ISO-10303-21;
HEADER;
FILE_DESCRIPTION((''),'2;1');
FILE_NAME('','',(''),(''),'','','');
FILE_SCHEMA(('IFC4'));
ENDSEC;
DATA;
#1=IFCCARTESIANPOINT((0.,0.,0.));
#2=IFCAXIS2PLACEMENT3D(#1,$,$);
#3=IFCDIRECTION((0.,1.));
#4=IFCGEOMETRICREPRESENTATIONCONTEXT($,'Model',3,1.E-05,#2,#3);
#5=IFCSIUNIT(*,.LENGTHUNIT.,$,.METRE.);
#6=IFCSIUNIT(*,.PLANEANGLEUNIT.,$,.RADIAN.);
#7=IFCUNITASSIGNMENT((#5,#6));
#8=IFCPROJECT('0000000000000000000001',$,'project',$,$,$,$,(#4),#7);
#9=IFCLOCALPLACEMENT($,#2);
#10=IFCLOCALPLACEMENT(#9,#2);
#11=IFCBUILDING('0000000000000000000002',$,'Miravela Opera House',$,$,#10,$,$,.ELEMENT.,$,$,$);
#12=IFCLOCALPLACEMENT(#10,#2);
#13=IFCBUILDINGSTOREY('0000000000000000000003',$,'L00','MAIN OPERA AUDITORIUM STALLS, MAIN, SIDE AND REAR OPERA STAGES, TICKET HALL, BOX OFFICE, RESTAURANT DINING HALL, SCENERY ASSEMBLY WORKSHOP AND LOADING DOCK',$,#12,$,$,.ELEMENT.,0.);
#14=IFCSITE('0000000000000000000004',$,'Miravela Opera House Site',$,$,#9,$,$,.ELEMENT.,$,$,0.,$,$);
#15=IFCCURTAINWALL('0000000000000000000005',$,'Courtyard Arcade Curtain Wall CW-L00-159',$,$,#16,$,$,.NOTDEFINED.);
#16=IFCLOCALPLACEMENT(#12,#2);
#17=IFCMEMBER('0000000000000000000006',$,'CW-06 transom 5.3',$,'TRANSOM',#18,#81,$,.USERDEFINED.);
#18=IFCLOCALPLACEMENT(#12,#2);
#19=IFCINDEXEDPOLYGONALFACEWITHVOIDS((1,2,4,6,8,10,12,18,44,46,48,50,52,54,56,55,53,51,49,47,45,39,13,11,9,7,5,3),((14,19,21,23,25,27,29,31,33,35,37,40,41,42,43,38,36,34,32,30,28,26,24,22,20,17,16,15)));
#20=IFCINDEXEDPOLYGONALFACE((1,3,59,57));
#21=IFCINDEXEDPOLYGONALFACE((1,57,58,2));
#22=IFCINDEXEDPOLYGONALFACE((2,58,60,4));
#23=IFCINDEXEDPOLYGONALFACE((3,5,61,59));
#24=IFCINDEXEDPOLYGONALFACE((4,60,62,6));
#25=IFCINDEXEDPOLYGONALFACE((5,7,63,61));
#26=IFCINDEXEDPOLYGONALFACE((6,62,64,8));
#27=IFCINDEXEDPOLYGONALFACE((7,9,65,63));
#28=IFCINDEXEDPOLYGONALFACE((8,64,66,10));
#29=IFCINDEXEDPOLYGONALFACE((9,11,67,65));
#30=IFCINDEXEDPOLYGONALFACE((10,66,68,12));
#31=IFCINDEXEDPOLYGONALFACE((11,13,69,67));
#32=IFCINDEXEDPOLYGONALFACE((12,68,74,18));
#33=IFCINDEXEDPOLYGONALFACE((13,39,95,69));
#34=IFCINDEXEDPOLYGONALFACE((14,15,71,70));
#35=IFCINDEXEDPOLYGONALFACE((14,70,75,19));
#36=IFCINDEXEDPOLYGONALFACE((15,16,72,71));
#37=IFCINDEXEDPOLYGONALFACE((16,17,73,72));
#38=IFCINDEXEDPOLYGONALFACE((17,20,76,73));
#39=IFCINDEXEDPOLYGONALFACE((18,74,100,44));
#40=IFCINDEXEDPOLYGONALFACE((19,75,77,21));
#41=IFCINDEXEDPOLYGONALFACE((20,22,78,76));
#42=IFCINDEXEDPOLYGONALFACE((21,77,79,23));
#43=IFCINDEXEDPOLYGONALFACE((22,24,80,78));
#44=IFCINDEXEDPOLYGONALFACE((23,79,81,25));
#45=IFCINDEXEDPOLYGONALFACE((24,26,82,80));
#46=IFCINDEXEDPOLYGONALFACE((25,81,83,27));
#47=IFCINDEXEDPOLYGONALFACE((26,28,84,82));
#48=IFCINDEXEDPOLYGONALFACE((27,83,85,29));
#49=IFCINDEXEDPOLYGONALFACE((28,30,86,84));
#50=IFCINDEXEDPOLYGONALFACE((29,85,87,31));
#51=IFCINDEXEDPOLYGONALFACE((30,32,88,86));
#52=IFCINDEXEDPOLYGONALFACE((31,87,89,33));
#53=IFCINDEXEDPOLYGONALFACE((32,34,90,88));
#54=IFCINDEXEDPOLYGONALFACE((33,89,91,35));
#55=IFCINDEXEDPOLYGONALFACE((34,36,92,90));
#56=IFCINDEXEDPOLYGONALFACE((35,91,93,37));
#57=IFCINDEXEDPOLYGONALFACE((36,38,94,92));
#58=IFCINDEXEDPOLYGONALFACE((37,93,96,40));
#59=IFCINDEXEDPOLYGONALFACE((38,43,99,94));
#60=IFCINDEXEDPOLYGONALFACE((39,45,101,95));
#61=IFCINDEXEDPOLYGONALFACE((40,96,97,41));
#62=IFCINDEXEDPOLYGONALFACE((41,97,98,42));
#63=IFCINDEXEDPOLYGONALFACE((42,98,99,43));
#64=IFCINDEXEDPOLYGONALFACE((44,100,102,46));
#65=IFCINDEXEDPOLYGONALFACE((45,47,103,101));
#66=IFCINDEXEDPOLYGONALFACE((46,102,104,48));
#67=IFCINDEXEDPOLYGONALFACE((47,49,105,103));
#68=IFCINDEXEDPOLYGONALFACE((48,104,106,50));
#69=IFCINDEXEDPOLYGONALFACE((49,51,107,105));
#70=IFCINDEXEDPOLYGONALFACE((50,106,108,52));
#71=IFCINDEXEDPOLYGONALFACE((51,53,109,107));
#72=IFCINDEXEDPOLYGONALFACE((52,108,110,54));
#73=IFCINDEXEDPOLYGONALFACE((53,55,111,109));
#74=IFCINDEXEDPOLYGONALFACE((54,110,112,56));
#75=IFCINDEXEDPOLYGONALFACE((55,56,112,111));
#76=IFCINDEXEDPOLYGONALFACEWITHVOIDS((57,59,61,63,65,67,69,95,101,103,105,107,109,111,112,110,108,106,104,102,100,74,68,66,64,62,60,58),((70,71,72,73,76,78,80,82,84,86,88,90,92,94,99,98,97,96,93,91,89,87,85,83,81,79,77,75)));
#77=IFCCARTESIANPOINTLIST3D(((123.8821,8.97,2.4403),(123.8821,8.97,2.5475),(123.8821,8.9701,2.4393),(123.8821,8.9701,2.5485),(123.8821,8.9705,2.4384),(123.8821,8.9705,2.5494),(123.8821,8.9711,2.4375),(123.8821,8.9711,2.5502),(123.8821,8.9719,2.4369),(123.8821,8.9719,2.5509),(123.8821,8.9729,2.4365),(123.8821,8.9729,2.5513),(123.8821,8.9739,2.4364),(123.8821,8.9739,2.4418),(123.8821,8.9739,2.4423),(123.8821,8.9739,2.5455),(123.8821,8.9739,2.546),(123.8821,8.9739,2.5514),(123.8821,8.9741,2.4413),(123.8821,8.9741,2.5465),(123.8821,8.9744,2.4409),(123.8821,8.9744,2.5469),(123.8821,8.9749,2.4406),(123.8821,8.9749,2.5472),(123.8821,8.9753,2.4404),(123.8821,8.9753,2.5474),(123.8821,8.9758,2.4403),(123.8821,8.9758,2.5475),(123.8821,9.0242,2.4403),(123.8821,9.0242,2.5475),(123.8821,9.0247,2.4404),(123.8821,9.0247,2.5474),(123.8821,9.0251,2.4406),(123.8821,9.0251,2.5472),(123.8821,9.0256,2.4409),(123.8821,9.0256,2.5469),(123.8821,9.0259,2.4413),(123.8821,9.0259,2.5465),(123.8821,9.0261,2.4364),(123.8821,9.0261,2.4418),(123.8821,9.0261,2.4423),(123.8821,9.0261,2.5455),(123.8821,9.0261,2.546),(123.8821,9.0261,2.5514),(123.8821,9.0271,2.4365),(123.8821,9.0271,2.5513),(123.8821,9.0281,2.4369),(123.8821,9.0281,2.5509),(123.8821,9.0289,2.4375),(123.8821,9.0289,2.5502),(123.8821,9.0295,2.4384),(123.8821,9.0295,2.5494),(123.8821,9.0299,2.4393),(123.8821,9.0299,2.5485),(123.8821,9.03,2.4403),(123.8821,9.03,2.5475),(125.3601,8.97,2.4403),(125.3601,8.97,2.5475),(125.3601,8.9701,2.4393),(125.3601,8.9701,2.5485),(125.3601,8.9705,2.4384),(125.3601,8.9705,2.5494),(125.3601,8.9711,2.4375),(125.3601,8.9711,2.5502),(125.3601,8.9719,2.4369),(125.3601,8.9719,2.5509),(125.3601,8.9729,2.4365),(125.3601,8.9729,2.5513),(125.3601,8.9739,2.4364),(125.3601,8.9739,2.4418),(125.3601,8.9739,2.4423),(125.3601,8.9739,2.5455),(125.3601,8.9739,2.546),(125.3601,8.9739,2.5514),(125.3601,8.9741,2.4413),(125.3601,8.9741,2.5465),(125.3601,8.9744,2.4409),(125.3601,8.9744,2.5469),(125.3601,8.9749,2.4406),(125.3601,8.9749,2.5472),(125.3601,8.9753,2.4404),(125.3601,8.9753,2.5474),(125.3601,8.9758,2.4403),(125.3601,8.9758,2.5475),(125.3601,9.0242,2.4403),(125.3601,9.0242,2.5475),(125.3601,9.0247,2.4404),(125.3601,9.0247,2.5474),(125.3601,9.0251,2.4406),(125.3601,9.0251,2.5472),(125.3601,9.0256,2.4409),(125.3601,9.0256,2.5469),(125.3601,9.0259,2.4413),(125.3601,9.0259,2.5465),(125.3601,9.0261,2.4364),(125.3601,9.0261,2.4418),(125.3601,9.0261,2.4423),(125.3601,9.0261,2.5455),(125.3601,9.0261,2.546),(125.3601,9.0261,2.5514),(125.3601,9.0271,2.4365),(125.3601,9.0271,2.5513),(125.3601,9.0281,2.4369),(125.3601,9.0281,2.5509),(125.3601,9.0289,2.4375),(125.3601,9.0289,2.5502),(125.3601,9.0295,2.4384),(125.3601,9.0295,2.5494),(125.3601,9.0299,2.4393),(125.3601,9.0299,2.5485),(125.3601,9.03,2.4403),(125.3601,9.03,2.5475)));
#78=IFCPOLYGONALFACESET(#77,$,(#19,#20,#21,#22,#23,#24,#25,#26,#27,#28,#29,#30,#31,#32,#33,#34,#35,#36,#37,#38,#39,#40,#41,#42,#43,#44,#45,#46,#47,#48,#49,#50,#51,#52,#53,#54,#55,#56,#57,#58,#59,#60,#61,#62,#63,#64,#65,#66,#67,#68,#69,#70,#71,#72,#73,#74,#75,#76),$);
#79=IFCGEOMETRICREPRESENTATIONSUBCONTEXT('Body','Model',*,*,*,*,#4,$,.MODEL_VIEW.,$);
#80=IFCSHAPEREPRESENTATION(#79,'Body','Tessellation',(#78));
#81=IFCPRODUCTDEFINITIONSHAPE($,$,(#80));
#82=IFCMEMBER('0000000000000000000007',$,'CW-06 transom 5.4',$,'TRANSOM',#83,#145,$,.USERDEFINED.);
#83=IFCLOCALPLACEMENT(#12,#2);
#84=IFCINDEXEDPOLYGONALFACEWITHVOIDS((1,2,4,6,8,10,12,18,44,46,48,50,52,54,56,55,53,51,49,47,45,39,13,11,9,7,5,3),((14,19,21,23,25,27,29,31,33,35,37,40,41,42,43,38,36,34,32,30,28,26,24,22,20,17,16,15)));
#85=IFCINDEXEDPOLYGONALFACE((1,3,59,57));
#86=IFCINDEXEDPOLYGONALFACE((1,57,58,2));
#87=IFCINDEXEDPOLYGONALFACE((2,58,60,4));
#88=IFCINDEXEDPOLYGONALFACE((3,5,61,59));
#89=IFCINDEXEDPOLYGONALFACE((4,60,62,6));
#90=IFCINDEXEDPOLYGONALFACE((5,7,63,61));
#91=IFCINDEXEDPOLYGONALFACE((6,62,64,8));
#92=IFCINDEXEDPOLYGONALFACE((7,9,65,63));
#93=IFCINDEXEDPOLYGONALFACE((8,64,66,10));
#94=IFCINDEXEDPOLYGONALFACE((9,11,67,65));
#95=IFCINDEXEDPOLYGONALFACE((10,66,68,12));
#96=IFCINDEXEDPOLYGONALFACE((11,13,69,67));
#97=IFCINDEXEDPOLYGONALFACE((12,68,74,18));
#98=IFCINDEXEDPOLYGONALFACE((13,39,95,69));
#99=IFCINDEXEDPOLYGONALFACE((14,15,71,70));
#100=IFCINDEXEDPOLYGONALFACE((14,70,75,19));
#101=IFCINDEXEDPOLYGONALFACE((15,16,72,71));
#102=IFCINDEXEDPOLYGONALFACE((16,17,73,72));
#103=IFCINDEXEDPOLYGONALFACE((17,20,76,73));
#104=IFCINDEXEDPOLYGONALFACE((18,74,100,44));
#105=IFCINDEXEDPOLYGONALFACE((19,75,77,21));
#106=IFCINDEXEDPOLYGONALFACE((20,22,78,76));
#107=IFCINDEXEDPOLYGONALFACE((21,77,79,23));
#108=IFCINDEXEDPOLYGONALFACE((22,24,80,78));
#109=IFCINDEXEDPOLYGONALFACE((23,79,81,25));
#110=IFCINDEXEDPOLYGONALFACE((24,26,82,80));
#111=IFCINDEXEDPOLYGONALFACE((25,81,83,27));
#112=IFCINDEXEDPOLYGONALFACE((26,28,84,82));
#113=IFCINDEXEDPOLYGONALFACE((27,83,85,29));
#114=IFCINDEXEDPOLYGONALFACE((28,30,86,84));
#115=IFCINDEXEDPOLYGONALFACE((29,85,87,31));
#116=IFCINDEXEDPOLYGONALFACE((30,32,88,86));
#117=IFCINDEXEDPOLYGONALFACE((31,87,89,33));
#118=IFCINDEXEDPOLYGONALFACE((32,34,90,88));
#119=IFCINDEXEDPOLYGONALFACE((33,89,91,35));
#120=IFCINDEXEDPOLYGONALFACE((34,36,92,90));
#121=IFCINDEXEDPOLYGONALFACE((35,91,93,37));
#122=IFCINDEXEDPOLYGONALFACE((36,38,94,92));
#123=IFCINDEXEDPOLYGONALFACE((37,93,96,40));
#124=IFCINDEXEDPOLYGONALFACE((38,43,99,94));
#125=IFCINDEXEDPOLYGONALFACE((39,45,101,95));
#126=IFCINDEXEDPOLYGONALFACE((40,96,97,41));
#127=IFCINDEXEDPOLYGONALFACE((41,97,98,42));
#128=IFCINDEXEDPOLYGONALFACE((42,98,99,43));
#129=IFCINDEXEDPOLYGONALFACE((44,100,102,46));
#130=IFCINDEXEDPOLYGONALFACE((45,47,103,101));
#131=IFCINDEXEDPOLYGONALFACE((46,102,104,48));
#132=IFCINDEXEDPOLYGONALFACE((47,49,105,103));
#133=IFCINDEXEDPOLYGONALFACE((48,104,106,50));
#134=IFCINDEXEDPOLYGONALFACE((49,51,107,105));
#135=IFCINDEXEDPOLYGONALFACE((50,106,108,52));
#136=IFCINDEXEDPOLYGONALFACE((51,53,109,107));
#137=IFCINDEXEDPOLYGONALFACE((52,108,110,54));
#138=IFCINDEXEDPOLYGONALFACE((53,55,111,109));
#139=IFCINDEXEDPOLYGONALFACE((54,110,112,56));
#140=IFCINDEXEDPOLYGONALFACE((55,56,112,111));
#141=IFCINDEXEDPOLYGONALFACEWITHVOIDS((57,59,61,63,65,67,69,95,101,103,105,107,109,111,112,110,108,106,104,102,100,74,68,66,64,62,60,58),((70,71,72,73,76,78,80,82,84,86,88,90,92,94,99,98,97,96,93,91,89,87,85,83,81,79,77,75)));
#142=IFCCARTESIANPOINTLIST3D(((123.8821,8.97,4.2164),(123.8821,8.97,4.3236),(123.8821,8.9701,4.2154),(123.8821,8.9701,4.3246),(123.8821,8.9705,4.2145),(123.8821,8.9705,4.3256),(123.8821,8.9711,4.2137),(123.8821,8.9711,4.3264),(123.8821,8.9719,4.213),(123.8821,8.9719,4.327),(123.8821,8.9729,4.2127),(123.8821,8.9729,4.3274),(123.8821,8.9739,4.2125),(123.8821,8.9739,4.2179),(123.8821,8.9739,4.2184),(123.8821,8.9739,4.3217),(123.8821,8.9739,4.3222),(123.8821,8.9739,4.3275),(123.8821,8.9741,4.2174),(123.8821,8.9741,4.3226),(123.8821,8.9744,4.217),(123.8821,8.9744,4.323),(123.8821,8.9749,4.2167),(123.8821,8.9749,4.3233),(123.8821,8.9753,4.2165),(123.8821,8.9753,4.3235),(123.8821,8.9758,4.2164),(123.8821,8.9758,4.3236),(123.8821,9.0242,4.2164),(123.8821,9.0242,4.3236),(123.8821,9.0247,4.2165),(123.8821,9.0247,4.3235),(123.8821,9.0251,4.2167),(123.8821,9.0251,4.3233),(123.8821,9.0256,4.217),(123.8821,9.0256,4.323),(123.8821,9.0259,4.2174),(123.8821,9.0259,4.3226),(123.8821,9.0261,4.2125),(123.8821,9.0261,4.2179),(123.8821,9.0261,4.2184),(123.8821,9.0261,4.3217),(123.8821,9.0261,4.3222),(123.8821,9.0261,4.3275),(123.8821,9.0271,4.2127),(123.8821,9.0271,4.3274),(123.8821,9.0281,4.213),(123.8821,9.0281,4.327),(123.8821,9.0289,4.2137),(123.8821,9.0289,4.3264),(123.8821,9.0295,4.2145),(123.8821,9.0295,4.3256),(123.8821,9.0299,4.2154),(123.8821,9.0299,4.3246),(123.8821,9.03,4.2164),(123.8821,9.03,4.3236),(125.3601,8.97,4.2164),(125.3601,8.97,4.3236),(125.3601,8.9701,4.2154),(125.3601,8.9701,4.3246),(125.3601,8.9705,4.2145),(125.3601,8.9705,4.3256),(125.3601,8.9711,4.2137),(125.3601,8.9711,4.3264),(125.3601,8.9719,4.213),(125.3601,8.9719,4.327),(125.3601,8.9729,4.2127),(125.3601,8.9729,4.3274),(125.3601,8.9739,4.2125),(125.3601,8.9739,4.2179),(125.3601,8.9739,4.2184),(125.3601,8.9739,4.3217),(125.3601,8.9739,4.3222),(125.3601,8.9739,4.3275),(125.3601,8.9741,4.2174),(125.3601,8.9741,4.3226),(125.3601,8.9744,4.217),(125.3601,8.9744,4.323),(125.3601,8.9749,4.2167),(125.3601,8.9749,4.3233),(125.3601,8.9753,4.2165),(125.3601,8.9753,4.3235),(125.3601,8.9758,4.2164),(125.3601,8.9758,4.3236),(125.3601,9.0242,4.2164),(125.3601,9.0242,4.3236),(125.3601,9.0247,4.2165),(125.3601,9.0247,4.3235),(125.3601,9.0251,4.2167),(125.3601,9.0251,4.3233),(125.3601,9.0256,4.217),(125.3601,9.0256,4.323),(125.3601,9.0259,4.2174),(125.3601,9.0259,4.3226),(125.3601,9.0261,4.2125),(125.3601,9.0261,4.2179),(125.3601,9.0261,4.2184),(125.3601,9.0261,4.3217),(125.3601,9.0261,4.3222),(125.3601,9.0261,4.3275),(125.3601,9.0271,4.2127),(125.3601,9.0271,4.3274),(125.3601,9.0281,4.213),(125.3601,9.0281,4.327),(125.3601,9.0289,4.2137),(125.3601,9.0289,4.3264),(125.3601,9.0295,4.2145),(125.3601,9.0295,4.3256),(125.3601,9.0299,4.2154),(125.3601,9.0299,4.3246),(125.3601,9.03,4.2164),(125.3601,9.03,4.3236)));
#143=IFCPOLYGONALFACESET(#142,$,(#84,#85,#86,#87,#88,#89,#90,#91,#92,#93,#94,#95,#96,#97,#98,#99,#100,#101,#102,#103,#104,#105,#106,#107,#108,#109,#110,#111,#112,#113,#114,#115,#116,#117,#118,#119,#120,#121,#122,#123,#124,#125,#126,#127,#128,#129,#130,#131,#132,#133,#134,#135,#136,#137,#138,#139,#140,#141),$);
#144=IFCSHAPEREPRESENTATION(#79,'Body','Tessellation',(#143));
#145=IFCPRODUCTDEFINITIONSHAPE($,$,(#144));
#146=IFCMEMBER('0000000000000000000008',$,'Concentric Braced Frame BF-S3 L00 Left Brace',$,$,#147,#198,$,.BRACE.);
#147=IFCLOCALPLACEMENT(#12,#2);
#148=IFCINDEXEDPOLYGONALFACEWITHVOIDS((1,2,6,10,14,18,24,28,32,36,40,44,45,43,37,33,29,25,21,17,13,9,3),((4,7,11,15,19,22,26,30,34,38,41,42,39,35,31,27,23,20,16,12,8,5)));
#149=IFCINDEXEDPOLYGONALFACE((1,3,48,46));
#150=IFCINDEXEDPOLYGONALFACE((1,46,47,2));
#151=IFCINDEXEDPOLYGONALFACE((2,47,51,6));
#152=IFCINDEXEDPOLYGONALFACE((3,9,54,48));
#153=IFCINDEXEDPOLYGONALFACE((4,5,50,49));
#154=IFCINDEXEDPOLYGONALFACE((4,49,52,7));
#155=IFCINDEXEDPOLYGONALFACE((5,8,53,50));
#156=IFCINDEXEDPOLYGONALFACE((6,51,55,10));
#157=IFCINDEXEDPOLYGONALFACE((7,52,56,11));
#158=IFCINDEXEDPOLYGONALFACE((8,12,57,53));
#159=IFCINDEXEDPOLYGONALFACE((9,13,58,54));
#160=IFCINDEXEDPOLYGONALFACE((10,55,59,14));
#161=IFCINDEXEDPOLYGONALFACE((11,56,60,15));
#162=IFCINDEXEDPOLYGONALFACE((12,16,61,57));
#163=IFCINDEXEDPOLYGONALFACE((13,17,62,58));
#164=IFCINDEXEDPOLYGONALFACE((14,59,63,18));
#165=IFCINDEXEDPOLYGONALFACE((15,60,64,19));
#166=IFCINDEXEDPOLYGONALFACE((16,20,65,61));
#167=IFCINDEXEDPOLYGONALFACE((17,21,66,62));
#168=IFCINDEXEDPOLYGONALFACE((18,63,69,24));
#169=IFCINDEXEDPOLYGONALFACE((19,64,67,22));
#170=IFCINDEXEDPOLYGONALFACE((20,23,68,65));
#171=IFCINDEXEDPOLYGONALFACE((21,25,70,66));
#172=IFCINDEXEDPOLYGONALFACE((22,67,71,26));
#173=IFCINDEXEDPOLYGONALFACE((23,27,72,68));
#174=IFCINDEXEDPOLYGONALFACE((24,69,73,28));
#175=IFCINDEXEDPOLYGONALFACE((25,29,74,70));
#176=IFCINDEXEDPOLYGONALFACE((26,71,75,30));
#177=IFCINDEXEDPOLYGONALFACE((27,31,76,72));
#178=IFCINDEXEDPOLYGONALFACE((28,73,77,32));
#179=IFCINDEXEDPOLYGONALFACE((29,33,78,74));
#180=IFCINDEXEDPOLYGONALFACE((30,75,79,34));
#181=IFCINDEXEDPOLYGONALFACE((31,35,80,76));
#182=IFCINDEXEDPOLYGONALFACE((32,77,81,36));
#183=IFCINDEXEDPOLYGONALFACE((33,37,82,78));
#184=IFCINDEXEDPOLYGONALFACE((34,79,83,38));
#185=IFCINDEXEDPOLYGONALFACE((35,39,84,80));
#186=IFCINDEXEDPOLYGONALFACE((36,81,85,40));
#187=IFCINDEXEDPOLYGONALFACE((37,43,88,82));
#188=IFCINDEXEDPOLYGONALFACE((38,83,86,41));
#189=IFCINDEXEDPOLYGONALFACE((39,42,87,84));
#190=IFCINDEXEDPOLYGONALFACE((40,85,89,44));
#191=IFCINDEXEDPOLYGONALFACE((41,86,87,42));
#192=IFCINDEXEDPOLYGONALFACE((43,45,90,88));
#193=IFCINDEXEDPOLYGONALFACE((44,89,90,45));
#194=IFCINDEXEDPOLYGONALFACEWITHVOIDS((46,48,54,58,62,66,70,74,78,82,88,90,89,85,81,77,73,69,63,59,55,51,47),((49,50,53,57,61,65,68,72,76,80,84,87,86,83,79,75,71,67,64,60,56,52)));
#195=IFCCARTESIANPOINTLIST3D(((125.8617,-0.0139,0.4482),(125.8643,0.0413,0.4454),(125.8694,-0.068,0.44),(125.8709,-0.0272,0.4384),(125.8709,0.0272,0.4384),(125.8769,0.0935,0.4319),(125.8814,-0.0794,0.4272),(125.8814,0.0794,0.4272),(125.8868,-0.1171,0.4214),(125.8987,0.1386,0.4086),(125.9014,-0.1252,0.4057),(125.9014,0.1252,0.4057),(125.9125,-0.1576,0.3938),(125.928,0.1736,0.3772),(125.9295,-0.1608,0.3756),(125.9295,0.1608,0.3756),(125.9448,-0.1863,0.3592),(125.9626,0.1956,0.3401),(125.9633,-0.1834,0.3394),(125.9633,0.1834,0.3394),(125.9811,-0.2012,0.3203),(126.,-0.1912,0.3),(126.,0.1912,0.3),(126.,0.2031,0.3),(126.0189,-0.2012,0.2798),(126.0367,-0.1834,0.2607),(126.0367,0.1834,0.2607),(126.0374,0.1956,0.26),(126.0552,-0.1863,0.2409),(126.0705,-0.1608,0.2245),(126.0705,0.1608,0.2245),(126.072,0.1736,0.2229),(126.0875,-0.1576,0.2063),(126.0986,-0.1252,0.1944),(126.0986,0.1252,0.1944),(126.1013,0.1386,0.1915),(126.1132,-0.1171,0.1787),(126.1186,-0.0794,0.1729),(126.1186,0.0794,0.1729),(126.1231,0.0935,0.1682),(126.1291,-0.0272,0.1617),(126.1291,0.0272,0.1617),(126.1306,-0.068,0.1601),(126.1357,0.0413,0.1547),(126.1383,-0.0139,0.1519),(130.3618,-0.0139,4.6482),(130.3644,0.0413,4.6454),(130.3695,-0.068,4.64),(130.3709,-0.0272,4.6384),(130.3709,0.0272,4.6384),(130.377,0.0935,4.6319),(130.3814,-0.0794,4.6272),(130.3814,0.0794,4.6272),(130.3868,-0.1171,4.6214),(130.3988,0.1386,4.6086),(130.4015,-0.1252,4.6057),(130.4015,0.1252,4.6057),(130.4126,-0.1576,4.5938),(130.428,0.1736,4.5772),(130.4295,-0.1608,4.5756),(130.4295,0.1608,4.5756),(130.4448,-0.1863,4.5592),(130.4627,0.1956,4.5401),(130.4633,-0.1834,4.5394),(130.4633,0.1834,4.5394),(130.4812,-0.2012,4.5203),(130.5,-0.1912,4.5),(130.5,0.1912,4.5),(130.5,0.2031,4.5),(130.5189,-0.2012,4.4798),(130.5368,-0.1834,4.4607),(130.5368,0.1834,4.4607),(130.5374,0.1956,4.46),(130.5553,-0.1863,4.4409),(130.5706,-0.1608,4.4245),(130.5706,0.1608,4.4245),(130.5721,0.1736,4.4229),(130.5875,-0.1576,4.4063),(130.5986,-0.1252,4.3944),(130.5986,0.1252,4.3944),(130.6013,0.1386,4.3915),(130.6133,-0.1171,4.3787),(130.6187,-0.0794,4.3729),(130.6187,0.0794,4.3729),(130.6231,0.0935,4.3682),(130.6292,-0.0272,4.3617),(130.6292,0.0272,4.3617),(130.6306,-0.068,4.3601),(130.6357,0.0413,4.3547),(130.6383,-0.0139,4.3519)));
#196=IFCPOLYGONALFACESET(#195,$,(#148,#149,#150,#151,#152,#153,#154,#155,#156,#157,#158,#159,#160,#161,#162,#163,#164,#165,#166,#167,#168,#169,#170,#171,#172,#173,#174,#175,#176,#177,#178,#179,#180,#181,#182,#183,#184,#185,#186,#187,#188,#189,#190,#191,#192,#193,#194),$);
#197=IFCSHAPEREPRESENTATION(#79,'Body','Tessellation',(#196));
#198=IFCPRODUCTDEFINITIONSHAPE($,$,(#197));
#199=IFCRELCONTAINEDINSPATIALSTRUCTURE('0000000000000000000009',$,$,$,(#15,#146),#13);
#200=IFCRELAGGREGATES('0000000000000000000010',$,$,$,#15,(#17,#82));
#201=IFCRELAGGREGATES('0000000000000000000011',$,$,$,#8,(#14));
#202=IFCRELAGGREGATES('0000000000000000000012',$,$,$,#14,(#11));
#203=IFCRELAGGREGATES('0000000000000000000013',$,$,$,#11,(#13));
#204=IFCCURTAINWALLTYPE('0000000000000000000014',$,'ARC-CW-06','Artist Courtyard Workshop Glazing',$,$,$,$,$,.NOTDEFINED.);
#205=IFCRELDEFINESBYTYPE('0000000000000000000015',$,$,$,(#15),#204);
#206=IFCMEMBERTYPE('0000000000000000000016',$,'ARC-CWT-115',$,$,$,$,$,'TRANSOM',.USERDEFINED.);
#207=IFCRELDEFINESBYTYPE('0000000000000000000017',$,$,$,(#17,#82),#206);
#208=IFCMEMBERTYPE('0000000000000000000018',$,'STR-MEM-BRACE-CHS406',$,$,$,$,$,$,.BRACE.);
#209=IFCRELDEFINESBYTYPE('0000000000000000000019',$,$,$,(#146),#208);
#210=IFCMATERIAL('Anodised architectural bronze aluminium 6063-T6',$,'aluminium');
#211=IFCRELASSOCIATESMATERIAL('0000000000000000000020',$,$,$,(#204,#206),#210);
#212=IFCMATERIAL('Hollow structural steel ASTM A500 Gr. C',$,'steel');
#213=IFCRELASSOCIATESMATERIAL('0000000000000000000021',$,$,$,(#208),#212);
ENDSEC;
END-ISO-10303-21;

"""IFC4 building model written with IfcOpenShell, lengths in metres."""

from ifc_helpers import new_model, si_unit, direction, frame, origin, origin_2d, place, context, subcontext, project, spatial, hollow_rectangle, hollow_circle, extrude, material, material_profile, profile_set, type_object, element, aggregate, save


model = new_model("IFC4")

# Units and contexts
model_context = context("Model", 3, precision=1e-05, world=origin(), true_north=direction((0.0, 1.0)))
body_context = subcontext(model_context, "Body", "Model", "MODEL_VIEW")
ifc_project = project(units=[si_unit("LENGTHUNIT", "METRE"), si_unit("PLANEANGLEUNIT", "RADIAN")], contexts=[model_context])

# Site, building, storey
site_placement = place(None, origin())
site = spatial("IfcSite", under=ifc_project, at=site_placement, Name="Miravela Opera House Site", CompositionType="ELEMENT", RefElevation=0.0)
building_placement = place(site_placement, origin())
building = spatial("IfcBuilding", under=site, at=building_placement, Name="Miravela Opera House", CompositionType="ELEMENT")
storey_placement = place(building_placement, origin())
storey = spatial("IfcBuildingStorey", under=building, at=storey_placement, Name="L00", Description="MAIN OPERA AUDITORIUM STALLS, MAIN, SIDE AND REAR OPERA STAGES, TICKET HALL, BOX OFFICE, RESTAURANT DINING HALL, SCENERY ASSEMBLY WORKSHOP AND LOADING DOCK", CompositionType="ELEMENT", Elevation=0.0)

# Shared definitions
ifc_material_1 = material(Name="Hollow structural steel ASTM A500 Gr. C", Category="steel")

# Curtain wall, members
ifc_material_2 = material(Name="Anodised architectural bronze aluminium 6063-T6", Category="aluminium")
curtain_wall_type = type_object("IfcCurtainWallType", Name="ARC-CW-06", Description="Artist Courtyard Workshop Glazing", PredefinedType="NOTDEFINED", material=ifc_material_2)
curtain_wall_placement = place(storey_placement, origin())
curtain_wall = element("IfcCurtainWall", 1, at=curtain_wall_placement, inside=storey, type_object=curtain_wall_type, Name="Courtyard Arcade Curtain Wall CW-L00-159", PredefinedType="NOTDEFINED")
ifc_material_profile_1 = material_profile(ifc_material_2, hollow_rectangle(XDim=0.0601, YDim=0.115, WallThickness=0.0039, InnerFilletRadius=0.002, OuterFilletRadius=0.0039, at=origin_2d()), Name="CWT-60X115")
ifc_profile_set_1 = profile_set([ifc_material_profile_1])
member_type_1 = type_object("IfcMemberType", Name="ARC-CWT-115", ElementType="TRANSOM", PredefinedType="USERDEFINED", material=ifc_profile_set_1)
member_1_placement = place(storey_placement, frame((123.8821, 9.0, 2.4939), z_axis=(1.0, 0.0, 0.0), x_axis=(0.0, 1.0, 0.0)))
member_1 = element("IfcMember", 2, at=member_1_placement, type_object=member_type_1, Name="CW-06 transom 5.3", ObjectType="TRANSOM", PredefinedType="USERDEFINED", context=body_context, shape_type="SweptSolid", body=[
    extrude(hollow_rectangle(XDim=0.0601, YDim=0.115, WallThickness=0.0039, InnerFilletRadius=0.002, OuterFilletRadius=0.0039, at=origin_2d()), origin(), (0.0, 0.0, 1.0), 1.478),
])
member_2_placement = place(storey_placement, frame((123.8821, 9.0, 4.27), z_axis=(1.0, 0.0, 0.0), x_axis=(0.0, 1.0, 0.0)))
member_2 = element("IfcMember", 3, at=member_2_placement, type_object=member_type_1, Name="CW-06 transom 5.4", ObjectType="TRANSOM", PredefinedType="USERDEFINED", context=body_context, shape_type="SweptSolid", body=[
    extrude(hollow_rectangle(XDim=0.0601, YDim=0.115, WallThickness=0.0039, InnerFilletRadius=0.002, OuterFilletRadius=0.0039, at=origin_2d()), origin(), (0.0, 0.0, 1.0), 1.478),
])

# Member
ifc_material_profile_2 = material_profile(ifc_material_1, hollow_circle(Radius=0.2031, WallThickness=0.012, at=origin_2d()), Name="CHS406X12")
ifc_profile_set_2 = profile_set([ifc_material_profile_2])
member_type_2 = type_object("IfcMemberType", Name="STR-MEM-BRACE-CHS406", PredefinedType="BRACE", material=ifc_profile_set_2)
member_3_placement = place(storey_placement, frame((126.0, 0.0, 0.3), z_axis=(0.731059, 0.0, 0.682314), x_axis=(0.0, 1.0, 0.0)))
element("IfcMember", 4, at=member_3_placement, inside=storey, type_object=member_type_2, Name="Concentric Braced Frame BF-S3 L00 Left Brace", PredefinedType="BRACE", context=body_context, shape_type="SweptSolid", body=[
    extrude(hollow_circle(Radius=0.2031, WallThickness=0.012, at=origin_2d()), origin(), (0.0, 0.0, 1.0), 6.1555),
])

aggregate(curtain_wall, [member_1, member_2])

save(model, "model.ifc")
